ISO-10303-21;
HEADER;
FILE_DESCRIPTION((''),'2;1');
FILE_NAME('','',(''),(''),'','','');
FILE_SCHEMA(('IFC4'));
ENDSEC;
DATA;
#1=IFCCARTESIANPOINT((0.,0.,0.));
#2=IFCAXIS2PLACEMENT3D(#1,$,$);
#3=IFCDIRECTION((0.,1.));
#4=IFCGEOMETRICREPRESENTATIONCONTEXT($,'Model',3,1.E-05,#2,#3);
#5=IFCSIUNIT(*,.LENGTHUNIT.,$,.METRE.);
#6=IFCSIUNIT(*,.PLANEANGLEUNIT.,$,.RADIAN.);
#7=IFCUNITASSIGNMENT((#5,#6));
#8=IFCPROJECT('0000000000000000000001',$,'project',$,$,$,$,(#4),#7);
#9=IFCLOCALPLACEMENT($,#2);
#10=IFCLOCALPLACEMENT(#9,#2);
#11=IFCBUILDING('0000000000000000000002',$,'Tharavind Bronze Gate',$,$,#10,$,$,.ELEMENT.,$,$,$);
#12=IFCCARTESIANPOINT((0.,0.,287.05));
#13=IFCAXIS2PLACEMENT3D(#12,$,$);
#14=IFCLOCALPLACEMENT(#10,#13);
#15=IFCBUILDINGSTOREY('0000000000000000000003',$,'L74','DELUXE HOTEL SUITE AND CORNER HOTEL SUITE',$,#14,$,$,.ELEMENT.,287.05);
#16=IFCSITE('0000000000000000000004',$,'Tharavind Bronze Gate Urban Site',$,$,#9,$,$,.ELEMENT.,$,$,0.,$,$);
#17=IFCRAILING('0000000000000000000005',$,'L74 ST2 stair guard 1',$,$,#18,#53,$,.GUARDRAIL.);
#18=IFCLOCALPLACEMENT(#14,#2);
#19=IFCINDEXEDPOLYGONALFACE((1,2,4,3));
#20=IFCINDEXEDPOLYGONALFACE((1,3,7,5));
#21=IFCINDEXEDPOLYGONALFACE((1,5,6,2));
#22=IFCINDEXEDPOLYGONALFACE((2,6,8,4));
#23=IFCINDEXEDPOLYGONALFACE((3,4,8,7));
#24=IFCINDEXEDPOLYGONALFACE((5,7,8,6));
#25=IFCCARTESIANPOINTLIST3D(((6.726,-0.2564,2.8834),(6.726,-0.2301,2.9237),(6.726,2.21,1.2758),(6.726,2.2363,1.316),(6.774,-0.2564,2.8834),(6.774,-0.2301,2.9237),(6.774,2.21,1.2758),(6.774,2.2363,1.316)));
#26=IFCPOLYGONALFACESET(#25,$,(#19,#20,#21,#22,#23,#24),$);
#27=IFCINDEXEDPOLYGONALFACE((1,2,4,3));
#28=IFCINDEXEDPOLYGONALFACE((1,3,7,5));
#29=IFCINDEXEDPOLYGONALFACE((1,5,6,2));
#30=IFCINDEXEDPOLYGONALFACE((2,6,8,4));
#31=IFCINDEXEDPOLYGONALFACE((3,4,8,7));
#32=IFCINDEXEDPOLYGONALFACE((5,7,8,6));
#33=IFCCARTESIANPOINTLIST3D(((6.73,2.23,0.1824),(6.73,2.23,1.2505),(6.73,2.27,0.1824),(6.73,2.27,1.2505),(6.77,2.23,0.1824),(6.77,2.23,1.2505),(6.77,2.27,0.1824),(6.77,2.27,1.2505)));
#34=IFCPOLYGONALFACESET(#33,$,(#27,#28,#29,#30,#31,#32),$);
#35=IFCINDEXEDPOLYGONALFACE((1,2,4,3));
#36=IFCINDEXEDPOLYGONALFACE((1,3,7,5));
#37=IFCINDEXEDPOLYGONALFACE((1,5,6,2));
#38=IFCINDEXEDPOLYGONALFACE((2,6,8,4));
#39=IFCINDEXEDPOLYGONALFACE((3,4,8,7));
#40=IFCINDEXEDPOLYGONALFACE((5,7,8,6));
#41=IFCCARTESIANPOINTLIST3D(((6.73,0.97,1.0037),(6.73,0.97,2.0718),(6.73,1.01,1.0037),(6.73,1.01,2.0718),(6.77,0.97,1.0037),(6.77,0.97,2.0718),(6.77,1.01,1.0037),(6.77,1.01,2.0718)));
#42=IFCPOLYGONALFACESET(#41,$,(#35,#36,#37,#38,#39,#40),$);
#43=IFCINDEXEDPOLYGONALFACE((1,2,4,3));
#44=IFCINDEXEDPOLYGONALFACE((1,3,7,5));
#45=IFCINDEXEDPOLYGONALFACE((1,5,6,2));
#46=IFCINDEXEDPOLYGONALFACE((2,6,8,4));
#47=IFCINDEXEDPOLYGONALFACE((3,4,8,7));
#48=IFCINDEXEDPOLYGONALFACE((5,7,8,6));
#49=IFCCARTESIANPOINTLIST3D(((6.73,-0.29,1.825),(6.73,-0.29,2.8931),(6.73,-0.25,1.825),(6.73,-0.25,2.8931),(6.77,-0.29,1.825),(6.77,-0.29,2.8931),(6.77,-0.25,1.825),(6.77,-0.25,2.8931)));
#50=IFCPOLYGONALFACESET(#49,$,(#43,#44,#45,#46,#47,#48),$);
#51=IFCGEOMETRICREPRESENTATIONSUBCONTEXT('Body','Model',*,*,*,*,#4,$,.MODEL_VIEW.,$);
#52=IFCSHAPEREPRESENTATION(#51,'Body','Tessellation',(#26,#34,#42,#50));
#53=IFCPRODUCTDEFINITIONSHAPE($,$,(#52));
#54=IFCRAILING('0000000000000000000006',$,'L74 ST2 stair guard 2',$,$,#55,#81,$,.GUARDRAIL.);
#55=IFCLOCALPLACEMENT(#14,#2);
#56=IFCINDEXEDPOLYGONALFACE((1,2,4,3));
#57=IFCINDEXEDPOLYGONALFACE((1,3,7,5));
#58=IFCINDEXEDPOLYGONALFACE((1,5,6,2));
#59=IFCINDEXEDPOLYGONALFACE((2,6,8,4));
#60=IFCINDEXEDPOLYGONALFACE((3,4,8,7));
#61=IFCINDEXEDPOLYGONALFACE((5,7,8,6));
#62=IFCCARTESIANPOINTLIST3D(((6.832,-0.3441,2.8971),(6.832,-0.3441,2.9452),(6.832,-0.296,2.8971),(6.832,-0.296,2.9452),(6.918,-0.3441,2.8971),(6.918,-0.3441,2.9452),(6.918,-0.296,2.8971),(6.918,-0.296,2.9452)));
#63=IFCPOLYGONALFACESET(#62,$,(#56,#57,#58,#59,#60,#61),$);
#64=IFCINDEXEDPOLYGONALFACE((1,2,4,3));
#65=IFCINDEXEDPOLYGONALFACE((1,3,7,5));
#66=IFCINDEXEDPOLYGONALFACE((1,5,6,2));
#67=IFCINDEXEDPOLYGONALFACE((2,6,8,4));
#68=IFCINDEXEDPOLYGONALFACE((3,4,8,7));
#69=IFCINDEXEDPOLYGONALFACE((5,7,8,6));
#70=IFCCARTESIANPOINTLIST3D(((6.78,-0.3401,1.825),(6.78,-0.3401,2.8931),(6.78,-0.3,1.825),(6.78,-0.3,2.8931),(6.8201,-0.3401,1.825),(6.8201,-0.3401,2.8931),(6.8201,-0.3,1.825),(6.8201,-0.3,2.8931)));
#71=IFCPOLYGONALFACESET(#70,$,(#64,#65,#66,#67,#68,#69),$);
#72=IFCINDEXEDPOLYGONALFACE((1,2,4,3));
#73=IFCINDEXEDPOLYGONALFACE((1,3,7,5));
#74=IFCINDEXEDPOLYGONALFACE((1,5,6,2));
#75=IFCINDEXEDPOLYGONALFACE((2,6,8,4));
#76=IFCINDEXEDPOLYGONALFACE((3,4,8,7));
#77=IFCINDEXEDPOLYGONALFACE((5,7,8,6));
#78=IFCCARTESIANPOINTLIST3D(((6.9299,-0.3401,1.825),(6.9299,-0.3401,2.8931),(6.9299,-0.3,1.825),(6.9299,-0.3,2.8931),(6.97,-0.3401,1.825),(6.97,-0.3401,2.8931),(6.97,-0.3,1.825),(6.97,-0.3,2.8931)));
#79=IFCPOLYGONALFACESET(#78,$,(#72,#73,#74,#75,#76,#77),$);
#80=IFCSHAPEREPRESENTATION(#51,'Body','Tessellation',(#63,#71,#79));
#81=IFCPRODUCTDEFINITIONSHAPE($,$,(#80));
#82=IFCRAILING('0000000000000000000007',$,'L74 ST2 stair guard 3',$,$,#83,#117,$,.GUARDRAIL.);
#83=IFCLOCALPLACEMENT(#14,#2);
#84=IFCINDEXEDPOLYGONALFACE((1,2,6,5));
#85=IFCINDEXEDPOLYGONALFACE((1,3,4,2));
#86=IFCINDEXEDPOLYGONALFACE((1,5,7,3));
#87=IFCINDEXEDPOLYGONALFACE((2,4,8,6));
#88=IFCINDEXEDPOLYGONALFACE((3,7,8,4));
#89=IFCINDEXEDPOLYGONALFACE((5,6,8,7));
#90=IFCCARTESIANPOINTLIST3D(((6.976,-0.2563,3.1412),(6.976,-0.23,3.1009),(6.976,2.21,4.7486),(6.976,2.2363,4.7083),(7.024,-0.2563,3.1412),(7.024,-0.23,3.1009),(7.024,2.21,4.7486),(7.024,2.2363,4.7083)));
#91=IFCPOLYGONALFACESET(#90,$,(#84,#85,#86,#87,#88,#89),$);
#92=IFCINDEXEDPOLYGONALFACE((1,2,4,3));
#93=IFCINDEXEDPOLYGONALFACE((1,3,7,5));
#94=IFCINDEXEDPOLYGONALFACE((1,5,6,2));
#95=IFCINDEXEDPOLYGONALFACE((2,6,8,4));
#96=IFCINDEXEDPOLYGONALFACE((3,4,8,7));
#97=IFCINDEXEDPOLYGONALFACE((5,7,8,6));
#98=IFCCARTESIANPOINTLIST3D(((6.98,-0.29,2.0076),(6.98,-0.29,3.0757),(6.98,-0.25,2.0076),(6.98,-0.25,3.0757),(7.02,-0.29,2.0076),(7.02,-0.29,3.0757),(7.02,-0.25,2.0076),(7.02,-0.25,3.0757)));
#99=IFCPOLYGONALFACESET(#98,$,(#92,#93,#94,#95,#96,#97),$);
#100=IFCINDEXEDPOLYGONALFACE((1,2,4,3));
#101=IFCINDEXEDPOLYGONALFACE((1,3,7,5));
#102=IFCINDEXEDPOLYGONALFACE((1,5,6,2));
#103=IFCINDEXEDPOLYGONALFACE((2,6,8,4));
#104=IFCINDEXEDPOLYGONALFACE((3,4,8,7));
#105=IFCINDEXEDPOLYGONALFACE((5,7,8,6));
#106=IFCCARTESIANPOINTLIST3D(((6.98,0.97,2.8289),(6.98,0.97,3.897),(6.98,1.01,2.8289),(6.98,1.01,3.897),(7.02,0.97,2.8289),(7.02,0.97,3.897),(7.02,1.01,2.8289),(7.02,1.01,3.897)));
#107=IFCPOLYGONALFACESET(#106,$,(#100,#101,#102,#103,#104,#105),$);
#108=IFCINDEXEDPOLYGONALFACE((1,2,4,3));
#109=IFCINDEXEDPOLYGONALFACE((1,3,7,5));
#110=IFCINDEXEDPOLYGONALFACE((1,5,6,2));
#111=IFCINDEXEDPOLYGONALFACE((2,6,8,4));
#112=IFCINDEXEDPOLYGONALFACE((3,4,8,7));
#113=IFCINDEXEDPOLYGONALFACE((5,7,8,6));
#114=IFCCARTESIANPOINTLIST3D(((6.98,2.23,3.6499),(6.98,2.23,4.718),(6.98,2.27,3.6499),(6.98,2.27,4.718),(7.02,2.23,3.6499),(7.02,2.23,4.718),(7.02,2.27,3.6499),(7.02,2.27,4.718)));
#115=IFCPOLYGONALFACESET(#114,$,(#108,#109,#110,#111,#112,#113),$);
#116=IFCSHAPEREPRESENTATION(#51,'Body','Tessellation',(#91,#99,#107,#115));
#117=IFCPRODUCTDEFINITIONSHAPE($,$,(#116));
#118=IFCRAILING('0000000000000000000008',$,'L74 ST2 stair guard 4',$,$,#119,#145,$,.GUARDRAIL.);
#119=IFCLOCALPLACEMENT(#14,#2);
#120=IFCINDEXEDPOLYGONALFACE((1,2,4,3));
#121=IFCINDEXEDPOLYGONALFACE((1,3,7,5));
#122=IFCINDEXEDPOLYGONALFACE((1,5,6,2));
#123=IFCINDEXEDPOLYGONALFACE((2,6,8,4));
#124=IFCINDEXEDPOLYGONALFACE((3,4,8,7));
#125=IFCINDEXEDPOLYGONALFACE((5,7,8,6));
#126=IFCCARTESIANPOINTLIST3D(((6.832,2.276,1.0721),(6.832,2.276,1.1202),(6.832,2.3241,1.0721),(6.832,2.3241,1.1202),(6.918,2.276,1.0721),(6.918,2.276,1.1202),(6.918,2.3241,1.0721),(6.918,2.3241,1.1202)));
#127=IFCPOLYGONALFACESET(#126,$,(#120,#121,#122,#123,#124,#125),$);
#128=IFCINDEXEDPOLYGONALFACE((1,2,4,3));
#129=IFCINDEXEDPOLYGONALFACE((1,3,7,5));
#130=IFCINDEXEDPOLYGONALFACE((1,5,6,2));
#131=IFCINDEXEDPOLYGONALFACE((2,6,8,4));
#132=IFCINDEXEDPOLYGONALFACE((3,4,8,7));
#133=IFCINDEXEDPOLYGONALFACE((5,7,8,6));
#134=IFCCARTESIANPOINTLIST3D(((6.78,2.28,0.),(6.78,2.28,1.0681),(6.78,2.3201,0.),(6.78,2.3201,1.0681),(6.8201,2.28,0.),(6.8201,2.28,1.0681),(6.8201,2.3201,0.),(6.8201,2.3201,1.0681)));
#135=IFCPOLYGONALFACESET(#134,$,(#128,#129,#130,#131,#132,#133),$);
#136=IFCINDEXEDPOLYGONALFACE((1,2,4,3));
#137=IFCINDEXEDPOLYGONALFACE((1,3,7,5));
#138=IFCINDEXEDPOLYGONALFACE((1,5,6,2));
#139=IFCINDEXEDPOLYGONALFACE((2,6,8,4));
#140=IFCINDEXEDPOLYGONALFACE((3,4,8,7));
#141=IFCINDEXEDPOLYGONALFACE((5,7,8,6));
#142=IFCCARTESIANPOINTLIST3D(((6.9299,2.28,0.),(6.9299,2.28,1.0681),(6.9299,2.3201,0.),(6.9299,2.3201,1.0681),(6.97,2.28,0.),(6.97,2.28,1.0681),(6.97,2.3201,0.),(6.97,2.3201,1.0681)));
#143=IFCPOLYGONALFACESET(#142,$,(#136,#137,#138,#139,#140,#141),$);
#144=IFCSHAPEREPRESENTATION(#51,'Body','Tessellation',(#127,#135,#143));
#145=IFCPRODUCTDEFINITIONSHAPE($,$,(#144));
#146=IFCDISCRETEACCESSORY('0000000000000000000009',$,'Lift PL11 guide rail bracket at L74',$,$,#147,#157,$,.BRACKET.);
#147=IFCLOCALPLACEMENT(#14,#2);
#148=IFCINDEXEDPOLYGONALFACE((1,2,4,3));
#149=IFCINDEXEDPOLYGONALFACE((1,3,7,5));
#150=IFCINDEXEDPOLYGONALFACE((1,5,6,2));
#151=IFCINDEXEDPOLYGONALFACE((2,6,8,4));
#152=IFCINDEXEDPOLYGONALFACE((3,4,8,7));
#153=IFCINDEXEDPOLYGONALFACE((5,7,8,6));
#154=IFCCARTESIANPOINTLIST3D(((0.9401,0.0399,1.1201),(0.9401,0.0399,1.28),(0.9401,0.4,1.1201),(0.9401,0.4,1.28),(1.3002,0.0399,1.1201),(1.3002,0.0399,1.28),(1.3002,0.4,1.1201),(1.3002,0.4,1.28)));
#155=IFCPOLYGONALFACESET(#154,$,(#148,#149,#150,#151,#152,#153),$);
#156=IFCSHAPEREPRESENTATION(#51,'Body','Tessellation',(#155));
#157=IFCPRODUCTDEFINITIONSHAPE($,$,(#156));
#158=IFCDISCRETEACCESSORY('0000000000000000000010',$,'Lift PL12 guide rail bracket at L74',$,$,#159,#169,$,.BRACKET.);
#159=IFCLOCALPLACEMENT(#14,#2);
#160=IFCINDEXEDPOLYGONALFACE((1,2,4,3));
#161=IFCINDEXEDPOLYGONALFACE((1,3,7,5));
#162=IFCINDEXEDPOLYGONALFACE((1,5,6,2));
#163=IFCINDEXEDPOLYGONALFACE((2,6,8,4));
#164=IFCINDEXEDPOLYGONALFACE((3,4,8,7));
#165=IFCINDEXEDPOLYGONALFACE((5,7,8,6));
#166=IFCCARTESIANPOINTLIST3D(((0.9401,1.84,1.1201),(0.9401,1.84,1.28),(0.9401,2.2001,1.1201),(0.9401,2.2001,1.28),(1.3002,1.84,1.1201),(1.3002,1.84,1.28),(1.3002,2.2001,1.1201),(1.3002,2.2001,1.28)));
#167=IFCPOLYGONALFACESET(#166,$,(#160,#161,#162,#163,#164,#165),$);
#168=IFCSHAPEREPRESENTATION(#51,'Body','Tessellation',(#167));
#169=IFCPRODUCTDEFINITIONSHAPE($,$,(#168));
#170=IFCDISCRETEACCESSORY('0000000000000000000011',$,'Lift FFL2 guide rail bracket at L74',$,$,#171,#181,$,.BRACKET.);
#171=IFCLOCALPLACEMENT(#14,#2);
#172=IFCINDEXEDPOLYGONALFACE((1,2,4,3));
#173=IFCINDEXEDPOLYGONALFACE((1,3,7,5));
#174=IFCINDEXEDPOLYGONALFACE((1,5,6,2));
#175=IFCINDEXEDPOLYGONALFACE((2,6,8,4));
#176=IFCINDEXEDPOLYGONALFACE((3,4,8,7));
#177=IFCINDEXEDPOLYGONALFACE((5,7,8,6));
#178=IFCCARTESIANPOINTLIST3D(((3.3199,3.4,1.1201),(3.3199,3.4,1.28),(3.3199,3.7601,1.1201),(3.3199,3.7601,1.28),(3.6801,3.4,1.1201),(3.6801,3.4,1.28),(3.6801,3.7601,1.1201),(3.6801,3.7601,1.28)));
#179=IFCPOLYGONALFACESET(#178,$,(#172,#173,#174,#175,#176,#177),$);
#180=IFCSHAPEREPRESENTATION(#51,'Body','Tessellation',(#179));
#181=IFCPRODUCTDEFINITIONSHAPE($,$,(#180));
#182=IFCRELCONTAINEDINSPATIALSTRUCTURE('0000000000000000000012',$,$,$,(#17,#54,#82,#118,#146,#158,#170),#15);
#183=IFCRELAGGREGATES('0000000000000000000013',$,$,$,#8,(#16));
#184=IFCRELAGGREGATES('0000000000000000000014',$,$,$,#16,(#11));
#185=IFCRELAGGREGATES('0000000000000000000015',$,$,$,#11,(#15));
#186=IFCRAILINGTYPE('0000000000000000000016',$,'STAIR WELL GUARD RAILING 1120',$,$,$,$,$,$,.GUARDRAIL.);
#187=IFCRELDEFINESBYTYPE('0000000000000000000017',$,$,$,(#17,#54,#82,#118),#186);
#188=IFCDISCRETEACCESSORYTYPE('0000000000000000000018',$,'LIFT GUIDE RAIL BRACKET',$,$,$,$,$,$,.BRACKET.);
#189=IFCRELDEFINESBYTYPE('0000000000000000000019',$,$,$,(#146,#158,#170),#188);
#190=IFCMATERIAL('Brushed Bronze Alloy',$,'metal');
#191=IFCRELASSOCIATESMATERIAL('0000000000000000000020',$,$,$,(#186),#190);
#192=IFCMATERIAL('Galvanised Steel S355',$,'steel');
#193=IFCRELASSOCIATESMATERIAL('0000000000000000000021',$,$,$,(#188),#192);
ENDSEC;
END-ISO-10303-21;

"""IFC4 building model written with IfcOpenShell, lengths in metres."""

from ifc_helpers import new_model, si_unit, direction, frame, origin, origin_2d, place, context, subcontext, project, spatial, rectangle, extrude, material, type_object, element, save


model = new_model("IFC4")

# Units and contexts
model_context = context("Model", 3, precision=1e-05, world=origin(), true_north=direction((0.0, 1.0)))
body_context = subcontext(model_context, "Body", "Model", "MODEL_VIEW")
ifc_project = project(units=[si_unit("LENGTHUNIT", "METRE"), si_unit("PLANEANGLEUNIT", "RADIAN")], contexts=[model_context])

# Site, building, storey
site_placement = place(None, origin())
site = spatial("IfcSite", under=ifc_project, at=site_placement, Name="Tharavind Bronze Gate Urban Site", CompositionType="ELEMENT", RefElevation=0.0)
building_placement = place(site_placement, origin())
building = spatial("IfcBuilding", under=site, at=building_placement, Name="Tharavind Bronze Gate", CompositionType="ELEMENT")
storey_placement = place(building_placement, frame((0.0, 0.0, 287.05)))
storey = spatial("IfcBuildingStorey", under=building, at=storey_placement, Name="L74", Description="DELUXE HOTEL SUITE AND CORNER HOTEL SUITE", CompositionType="ELEMENT", Elevation=287.05)

# Railings
ifc_material_1 = material(Name="Brushed Bronze Alloy", Category="metal")
railing_type_1 = type_object("IfcRailingType", Name="STAIR WELL GUARD RAILING 1120", PredefinedType="GUARDRAIL", material=ifc_material_1)
railing_1_placement = place(storey_placement, frame((6.75, 2.25, 0.1824)))
element("IfcRailing", 1, at=railing_1_placement, inside=storey, type_object=railing_type_1, Name="L74 ST2 stair guard 1", PredefinedType="GUARDRAIL", context=body_context, shape_type="SweptSolid", body=[
    extrude(rectangle(XDim=0.0481, YDim=0.0481, at=origin_2d()), frame((0.0, -0.0269, 1.1135), z_axis=(0.0, -0.837749, 0.546055), x_axis=(1.0, 0.0, 0.0)), (0.0, 0.0, 1.0), 2.9441),
    extrude(rectangle(XDim=0.04, YDim=0.04, at=origin_2d()), origin(), (0.0, 0.0, 1.0), 1.0681),
    extrude(rectangle(XDim=0.04, YDim=0.04, at=origin_2d()), frame((0.0, -1.26, 0.8213)), (0.0, 0.0, 1.0), 1.0681),
    extrude(rectangle(XDim=0.04, YDim=0.04, at=origin_2d()), frame((0.0, -2.52, 1.6426)), (0.0, 0.0, 1.0), 1.0681),
])
railing_2_placement = place(storey_placement, frame((6.8, -0.3201, 1.825)))
element("IfcRailing", 2, at=railing_2_placement, inside=storey, type_object=railing_type_1, Name="L74 ST2 stair guard 2", PredefinedType="GUARDRAIL", context=body_context, shape_type="SweptSolid", body=[
    extrude(rectangle(XDim=0.0481, YDim=0.0481, at=origin_2d()), frame((0.032, 0.0, 1.0962), z_axis=(1.0, 0.0, 0.0), x_axis=(0.0, 1.0, 0.0)), (0.0, 0.0, 1.0), 0.0859),
    extrude(rectangle(XDim=0.04, YDim=0.04, at=origin_2d()), origin(), (0.0, 0.0, 1.0), 1.0681),
    extrude(rectangle(XDim=0.04, YDim=0.04, at=origin_2d()), frame((0.1499, 0.0, 0.0)), (0.0, 0.0, 1.0), 1.0681),
])
railing_3_placement = place(storey_placement, frame((7.0, -0.27, 2.0076)))
element("IfcRailing", 3, at=railing_3_placement, inside=storey, type_object=railing_type_1, Name="L74 ST2 stair guard 3", PredefinedType="GUARDRAIL", context=body_context, shape_type="SweptSolid", body=[
    extrude(rectangle(XDim=0.0481, YDim=0.0481, at=origin_2d()), frame((0.0, 0.0269, 1.1135), z_axis=(0.0, 0.837787, 0.545998), x_axis=(-1.0, 0.0, 0.0)), (0.0, 0.0, 1.0), 2.9438),
    extrude(rectangle(XDim=0.04, YDim=0.04, at=origin_2d()), origin(), (0.0, 0.0, 1.0), 1.0681),
    extrude(rectangle(XDim=0.04, YDim=0.04, at=origin_2d()), frame((0.0, 1.26, 0.8213)), (0.0, 0.0, 1.0), 1.0681),
    extrude(rectangle(XDim=0.04, YDim=0.04, at=origin_2d()), frame((0.0, 2.52, 1.6423)), (0.0, 0.0, 1.0), 1.0681),
])
railing_4_placement = place(storey_placement, frame((6.8, 2.3, 0.0)))
element("IfcRailing", 4, at=railing_4_placement, inside=storey, type_object=railing_type_1, Name="L74 ST2 stair guard 4", PredefinedType="GUARDRAIL", context=body_context, shape_type="SweptSolid", body=[
    extrude(rectangle(XDim=0.0481, YDim=0.0481, at=origin_2d()), frame((0.032, 0.0, 1.0962), z_axis=(1.0, 0.0, 0.0), x_axis=(0.0, 1.0, 0.0)), (0.0, 0.0, 1.0), 0.0859),
    extrude(rectangle(XDim=0.04, YDim=0.04, at=origin_2d()), origin(), (0.0, 0.0, 1.0), 1.0681),
    extrude(rectangle(XDim=0.04, YDim=0.04, at=origin_2d()), frame((0.1499, 0.0, 0.0)), (0.0, 0.0, 1.0), 1.0681),
])

# Discrete accessories
ifc_material_2 = material(Name="Galvanised Steel S355", Category="steel")
discrete_accessory_type = type_object("IfcDiscreteAccessoryType", Name="LIFT GUIDE RAIL BRACKET", PredefinedType="BRACKET", material=ifc_material_2)
for number, where, z_axis, x_axis, name in (
    (5, (1.1201, 0.22, 1.1201), (0.0, 0.0, 1.0), (1.0, 0.0, 0.0), "Lift PL11 guide rail bracket at L74"),
    (6, (1.1201, 2.02, 1.1201), (0.0, 0.0, 1.0), (1.0, 0.0, 0.0), "Lift PL12 guide rail bracket at L74"),
    (7, (3.5, 3.5801, 1.1201), (0.0, 0.0, 1.0), (1.0, 0.0, 0.0), "Lift FFL2 guide rail bracket at L74"),
):
    element("IfcDiscreteAccessory", number, at=place(storey_placement, frame(where, z_axis=z_axis, x_axis=x_axis)), inside=storey, type_object=discrete_accessory_type, Name=name, PredefinedType="BRACKET", context=body_context, shape_type="SweptSolid", body=[
        extrude(rectangle(XDim=0.3601, YDim=0.3601, at=origin_2d()), origin(), (0.0, 0.0, 1.0), 0.1599),
    ])

save(model, "model.ifc")
